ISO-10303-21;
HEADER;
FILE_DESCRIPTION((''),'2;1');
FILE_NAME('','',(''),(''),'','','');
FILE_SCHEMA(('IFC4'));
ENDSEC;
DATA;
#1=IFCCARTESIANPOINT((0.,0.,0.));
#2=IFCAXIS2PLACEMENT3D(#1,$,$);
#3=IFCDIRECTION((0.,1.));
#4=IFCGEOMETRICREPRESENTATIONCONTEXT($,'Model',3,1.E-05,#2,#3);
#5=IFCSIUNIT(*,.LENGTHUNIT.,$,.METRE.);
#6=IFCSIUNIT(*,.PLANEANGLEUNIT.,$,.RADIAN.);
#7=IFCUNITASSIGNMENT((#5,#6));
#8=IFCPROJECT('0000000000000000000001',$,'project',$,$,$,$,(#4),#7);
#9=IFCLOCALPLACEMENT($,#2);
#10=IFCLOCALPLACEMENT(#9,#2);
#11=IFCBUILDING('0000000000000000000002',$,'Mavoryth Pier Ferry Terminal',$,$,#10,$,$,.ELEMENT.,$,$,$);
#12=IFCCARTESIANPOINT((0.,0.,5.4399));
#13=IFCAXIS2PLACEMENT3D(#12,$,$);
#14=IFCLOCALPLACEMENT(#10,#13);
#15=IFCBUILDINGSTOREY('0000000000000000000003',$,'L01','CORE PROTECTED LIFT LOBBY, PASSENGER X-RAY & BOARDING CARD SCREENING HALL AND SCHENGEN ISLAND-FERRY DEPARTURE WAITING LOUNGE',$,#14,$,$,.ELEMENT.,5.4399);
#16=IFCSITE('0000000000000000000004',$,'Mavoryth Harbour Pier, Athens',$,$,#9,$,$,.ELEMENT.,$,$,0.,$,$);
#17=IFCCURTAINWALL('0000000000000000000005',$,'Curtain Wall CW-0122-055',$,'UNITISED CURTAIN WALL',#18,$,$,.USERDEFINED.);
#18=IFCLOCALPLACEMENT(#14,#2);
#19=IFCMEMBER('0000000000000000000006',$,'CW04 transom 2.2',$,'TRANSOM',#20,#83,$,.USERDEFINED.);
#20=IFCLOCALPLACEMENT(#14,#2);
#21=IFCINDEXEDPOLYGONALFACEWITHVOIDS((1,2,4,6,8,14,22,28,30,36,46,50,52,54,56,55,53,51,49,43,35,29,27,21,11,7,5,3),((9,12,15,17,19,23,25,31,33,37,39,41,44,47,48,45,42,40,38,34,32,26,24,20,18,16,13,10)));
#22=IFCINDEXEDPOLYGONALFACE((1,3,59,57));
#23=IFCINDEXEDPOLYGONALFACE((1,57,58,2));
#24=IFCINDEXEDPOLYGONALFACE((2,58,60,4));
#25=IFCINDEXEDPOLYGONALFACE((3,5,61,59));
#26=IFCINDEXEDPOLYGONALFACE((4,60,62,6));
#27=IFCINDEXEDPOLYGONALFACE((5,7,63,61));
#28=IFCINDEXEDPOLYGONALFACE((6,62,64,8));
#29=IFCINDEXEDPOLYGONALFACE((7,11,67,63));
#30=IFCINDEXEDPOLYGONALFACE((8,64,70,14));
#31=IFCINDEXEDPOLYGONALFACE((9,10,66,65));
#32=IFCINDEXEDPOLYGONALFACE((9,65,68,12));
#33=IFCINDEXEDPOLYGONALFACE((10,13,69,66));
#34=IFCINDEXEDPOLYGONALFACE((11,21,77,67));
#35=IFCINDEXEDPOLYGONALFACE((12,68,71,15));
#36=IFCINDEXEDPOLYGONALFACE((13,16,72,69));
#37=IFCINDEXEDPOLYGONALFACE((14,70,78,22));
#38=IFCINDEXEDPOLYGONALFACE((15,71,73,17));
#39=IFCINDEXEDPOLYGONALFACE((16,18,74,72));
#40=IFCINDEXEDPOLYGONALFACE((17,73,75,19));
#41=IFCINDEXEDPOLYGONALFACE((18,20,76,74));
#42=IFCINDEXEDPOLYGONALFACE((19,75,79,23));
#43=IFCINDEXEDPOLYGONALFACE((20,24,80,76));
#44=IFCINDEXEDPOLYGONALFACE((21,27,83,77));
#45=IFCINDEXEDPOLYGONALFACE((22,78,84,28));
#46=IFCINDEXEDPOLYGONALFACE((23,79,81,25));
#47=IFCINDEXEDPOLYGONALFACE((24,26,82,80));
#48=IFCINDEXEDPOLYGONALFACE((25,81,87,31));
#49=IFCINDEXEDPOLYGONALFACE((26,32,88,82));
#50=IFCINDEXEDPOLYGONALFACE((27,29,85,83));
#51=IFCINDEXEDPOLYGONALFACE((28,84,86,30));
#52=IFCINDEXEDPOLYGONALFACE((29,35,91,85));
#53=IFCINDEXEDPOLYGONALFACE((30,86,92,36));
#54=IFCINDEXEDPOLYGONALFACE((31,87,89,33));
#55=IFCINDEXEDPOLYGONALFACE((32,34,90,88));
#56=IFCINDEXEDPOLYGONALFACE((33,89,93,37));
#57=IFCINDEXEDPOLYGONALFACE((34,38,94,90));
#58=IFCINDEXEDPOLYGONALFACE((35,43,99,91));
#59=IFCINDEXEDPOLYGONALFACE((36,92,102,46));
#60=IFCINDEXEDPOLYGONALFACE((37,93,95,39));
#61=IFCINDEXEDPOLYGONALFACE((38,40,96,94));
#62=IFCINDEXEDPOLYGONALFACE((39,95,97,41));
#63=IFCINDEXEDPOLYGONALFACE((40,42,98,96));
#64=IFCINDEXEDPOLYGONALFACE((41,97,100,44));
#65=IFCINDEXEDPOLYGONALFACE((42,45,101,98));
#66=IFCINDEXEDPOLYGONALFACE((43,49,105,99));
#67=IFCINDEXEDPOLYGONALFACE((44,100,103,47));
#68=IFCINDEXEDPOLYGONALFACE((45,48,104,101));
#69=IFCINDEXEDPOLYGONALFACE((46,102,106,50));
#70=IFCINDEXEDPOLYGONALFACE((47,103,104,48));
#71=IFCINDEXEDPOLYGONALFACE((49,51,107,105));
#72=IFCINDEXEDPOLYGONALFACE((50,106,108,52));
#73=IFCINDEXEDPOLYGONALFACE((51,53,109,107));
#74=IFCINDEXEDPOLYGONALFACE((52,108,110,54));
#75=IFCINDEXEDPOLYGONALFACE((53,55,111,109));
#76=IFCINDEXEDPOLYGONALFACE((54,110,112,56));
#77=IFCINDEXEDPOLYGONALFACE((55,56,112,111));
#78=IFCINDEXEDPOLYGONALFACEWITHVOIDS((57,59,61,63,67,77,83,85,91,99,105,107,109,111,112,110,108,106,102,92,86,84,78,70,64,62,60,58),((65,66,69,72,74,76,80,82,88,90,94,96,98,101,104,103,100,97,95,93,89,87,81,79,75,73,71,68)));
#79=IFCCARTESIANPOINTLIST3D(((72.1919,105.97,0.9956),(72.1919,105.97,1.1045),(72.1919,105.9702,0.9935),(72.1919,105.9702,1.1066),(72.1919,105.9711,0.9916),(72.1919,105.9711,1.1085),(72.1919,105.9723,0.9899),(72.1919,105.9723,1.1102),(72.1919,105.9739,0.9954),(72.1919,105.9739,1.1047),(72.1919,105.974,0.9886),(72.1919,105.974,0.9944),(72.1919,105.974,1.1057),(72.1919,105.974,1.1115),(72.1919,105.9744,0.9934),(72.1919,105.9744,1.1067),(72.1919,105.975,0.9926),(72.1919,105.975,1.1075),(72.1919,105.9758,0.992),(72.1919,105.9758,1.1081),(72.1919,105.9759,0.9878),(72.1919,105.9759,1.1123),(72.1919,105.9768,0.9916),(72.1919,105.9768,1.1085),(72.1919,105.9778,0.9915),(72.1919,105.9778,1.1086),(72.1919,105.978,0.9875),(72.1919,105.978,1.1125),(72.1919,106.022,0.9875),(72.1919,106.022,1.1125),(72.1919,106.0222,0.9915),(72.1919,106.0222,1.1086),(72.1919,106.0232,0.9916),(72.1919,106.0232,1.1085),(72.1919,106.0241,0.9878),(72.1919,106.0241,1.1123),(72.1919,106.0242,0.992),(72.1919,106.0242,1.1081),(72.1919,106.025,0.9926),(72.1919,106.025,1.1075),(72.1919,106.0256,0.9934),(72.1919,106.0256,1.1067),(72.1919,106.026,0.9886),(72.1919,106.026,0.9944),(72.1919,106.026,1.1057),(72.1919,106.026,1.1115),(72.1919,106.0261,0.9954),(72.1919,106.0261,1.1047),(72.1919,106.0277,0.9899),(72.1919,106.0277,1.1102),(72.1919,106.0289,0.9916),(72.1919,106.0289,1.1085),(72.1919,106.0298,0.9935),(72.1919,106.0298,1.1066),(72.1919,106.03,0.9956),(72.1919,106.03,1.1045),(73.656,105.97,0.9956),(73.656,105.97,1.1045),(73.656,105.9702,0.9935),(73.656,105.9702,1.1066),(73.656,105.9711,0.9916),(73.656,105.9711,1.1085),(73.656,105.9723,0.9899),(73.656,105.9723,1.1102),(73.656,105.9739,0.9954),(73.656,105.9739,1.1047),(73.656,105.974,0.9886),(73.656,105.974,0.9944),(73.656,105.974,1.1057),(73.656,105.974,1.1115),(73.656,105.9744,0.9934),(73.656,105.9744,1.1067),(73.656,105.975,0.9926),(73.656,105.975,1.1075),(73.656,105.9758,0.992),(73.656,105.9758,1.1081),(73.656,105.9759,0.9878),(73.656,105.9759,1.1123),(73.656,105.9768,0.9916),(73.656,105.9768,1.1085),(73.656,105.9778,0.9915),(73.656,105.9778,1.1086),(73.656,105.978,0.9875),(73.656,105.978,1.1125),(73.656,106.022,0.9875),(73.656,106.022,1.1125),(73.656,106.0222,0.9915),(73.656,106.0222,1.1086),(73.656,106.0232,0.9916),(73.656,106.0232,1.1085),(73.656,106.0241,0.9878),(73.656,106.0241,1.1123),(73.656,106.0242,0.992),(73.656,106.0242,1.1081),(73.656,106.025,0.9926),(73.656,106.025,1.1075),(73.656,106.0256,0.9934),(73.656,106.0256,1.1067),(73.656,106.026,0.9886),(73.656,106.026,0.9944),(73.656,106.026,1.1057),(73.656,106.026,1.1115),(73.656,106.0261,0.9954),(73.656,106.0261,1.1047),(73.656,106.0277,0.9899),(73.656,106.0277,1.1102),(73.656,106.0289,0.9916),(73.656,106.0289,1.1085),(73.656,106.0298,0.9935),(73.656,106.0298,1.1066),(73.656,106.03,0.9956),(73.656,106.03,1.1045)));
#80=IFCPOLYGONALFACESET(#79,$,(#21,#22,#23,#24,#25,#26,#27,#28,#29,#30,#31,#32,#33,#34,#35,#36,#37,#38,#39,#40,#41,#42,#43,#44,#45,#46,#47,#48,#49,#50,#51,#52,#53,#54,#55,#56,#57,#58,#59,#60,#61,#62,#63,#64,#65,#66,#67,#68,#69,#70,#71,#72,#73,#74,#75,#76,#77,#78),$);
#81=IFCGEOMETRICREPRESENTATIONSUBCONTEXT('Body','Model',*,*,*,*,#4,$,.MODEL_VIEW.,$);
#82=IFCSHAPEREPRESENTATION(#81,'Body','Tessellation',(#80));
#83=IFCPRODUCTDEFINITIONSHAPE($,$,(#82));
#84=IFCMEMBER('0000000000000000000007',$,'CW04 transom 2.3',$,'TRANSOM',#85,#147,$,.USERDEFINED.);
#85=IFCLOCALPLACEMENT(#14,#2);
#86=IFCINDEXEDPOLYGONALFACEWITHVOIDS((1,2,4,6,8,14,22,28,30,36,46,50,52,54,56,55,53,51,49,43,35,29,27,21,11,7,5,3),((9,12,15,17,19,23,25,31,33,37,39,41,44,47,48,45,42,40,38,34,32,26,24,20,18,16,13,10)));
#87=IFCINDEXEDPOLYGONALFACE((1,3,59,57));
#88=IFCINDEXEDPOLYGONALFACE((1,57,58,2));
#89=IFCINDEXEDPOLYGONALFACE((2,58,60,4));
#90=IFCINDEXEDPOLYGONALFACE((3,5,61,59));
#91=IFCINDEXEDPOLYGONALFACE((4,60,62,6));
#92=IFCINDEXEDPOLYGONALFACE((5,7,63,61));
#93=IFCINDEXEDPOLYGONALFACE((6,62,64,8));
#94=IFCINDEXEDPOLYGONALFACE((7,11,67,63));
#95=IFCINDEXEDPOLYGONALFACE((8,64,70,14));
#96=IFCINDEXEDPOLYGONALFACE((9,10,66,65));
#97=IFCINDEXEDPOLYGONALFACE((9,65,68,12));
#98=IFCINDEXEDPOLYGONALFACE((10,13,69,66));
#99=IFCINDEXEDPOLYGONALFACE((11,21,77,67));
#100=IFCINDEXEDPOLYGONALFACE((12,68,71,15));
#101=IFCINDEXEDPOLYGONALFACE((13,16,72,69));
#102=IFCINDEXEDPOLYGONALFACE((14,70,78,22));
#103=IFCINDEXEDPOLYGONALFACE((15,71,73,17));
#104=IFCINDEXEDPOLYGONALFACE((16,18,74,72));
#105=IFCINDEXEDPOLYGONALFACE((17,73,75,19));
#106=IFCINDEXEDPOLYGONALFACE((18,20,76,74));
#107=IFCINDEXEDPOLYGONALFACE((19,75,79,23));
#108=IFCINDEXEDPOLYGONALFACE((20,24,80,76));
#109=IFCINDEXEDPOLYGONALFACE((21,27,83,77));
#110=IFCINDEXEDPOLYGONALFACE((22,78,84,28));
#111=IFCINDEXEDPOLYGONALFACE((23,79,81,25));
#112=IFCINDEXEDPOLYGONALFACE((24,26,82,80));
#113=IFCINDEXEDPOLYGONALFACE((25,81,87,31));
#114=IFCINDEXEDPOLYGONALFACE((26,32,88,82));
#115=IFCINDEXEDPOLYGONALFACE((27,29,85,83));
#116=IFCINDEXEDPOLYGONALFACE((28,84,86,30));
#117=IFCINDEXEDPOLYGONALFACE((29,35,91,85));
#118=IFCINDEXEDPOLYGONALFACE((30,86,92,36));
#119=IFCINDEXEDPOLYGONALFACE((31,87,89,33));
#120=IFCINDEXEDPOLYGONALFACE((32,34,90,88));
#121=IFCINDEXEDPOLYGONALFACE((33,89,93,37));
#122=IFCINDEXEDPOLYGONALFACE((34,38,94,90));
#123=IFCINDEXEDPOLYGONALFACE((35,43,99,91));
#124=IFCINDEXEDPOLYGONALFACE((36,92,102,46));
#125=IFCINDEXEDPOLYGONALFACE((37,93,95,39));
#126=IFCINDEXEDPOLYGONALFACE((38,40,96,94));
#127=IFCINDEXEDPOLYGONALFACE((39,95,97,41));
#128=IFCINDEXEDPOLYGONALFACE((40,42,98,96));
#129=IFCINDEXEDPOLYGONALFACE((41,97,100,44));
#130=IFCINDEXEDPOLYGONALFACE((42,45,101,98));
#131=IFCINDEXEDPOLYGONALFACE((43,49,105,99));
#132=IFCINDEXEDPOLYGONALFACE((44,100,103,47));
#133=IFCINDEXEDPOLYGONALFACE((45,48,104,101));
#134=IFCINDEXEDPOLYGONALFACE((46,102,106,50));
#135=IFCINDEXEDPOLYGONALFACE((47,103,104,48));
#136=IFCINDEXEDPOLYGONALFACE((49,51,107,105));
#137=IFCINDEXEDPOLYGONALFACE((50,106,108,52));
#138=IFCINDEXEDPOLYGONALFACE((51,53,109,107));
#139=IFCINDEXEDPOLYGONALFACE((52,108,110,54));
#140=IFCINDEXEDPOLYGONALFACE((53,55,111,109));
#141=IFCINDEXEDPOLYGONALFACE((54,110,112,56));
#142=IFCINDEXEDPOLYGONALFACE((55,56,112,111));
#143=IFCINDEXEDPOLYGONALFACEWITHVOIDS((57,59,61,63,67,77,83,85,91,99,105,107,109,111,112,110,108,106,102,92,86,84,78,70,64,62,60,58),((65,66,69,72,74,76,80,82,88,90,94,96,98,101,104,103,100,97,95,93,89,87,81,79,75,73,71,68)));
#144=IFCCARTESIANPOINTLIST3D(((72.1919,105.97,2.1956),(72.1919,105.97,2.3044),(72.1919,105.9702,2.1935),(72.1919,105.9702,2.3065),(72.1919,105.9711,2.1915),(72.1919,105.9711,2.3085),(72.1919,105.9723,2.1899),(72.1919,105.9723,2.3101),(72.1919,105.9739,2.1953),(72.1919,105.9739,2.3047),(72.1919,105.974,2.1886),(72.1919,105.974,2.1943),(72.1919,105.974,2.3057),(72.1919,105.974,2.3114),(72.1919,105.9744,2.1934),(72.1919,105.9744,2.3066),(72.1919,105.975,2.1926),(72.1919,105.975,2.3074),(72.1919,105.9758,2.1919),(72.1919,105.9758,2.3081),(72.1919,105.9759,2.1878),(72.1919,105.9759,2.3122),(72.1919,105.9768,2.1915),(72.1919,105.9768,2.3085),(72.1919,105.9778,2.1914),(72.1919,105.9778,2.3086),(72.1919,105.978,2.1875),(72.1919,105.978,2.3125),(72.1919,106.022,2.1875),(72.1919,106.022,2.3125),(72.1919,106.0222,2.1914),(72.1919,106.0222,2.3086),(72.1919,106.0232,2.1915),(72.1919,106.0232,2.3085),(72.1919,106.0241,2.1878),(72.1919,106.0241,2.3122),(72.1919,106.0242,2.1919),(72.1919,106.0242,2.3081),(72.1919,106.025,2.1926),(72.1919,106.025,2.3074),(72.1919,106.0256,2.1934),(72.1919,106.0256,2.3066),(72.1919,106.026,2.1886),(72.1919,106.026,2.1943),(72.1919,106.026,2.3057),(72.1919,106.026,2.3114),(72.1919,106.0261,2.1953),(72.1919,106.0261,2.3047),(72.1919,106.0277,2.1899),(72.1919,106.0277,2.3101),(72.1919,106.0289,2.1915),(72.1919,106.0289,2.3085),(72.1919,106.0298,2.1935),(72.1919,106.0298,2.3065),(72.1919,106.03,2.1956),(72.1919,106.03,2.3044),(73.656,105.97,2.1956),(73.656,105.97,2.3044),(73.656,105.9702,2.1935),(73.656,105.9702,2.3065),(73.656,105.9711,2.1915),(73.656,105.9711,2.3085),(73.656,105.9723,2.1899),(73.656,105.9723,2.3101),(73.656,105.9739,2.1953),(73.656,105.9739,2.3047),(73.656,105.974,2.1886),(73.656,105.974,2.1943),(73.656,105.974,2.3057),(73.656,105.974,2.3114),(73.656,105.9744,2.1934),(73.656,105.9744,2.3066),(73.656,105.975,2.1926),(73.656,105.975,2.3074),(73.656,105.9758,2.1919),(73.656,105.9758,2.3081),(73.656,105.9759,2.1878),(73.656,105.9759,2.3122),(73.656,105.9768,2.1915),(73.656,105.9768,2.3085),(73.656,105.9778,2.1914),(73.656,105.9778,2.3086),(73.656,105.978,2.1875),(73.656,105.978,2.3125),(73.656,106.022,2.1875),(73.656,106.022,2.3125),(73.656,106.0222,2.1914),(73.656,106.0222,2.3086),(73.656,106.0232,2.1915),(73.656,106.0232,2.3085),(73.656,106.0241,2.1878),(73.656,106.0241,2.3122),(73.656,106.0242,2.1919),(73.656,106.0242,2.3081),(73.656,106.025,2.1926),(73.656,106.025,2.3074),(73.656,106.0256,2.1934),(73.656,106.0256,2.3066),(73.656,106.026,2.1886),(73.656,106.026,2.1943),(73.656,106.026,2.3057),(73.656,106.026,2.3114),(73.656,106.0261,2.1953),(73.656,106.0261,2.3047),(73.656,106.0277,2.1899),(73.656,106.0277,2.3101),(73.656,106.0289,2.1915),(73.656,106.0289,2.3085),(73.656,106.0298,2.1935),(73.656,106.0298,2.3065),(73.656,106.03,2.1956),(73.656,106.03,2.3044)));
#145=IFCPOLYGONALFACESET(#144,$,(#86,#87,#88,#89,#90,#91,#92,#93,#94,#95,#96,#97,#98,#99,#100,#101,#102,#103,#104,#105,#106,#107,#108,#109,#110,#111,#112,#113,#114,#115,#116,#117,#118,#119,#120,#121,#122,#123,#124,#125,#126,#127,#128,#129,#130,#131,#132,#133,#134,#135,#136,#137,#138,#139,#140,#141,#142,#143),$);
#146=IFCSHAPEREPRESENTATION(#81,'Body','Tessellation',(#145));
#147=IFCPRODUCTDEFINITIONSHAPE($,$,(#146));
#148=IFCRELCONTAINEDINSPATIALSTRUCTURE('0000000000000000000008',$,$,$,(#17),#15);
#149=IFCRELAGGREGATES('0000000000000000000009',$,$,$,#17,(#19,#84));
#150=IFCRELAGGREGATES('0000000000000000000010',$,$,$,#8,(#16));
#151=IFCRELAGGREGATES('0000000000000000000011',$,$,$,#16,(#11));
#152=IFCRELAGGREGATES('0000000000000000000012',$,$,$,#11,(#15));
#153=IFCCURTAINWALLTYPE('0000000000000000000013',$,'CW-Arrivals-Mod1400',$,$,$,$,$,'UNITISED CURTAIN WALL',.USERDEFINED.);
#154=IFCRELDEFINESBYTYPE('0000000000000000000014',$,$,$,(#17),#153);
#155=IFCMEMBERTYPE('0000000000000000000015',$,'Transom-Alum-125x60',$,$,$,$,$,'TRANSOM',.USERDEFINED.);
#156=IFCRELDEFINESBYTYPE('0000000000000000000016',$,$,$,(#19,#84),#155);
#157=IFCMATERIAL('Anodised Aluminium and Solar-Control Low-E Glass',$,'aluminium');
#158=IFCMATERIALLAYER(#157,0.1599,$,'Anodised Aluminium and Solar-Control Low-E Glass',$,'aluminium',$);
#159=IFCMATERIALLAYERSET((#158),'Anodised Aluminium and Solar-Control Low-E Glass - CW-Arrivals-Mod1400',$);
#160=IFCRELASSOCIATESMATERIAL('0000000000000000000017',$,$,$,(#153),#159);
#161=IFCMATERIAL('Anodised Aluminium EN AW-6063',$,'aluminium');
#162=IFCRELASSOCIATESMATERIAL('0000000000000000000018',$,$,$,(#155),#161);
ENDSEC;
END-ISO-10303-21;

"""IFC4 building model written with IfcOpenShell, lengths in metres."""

from ifc_helpers import new_model, si_unit, direction, frame, origin, origin_2d, place, context, subcontext, project, spatial, hollow_rectangle, extrude, material, layer, layer_set, material_profile, profile_set, type_object, element, aggregate, save


model = new_model("IFC4")

# Units and contexts
model_context = context("Model", 3, precision=1e-05, world=origin(), true_north=direction((0.0, 1.0)))
body_context = subcontext(model_context, "Body", "Model", "MODEL_VIEW")
ifc_project = project(units=[si_unit("LENGTHUNIT", "METRE"), si_unit("PLANEANGLEUNIT", "RADIAN")], contexts=[model_context])

# Site, building, storey
site_placement = place(None, origin())
site = spatial("IfcSite", under=ifc_project, at=site_placement, Name="Mavoryth Harbour Pier, Athens", CompositionType="ELEMENT", RefElevation=0.0)
building_placement = place(site_placement, origin())
building = spatial("IfcBuilding", under=site, at=building_placement, Name="Mavoryth Pier Ferry Terminal", CompositionType="ELEMENT")
storey_placement = place(building_placement, frame((0.0, 0.0, 5.4399)))
storey = spatial("IfcBuildingStorey", under=building, at=storey_placement, Name="L01", Description="CORE PROTECTED LIFT LOBBY, PASSENGER X-RAY & BOARDING CARD SCREENING HALL AND SCHENGEN ISLAND-FERRY DEPARTURE WAITING LOUNGE", CompositionType="ELEMENT", Elevation=5.4399)

# Curtain wall
ifc_material_1 = material(Name="Anodised Aluminium and Solar-Control Low-E Glass", Category="aluminium")
ifc_layer_1 = layer(ifc_material_1, 0.1599, Name="Anodised Aluminium and Solar-Control Low-E Glass", Category="aluminium")
ifc_layer_set_1 = layer_set([ifc_layer_1], Name="Anodised Aluminium and Solar-Control Low-E Glass - CW-Arrivals-Mod1400")
curtain_wall_type = type_object("IfcCurtainWallType", Name="CW-Arrivals-Mod1400", ElementType="UNITISED CURTAIN WALL", PredefinedType="USERDEFINED", material=ifc_layer_set_1)
curtain_wall_placement = place(storey_placement, origin())
curtain_wall = element("IfcCurtainWall", 1, at=curtain_wall_placement, inside=storey, type_object=curtain_wall_type, Name="Curtain Wall CW-0122-055", ObjectType="UNITISED CURTAIN WALL", PredefinedType="USERDEFINED")
ifc_material_2 = material(Name="Anodised Aluminium EN AW-6063", Category="aluminium")

# Members
ifc_material_profile_1 = material_profile(ifc_material_2, hollow_rectangle(XDim=0.0601, YDim=0.125, WallThickness=0.0039, InnerFilletRadius=0.0039, OuterFilletRadius=0.0081, at=origin_2d()), Name="AL-TRAN 125x60x4", Category="aluminium")
ifc_profile_set_1 = profile_set([ifc_material_profile_1], Name="Anodised Aluminium EN AW-6063 - AL-TRAN 125x60x4")
member_type_1 = type_object("IfcMemberType", Name="Transom-Alum-125x60", ElementType="TRANSOM", PredefinedType="USERDEFINED", material=ifc_profile_set_1)
member_1_placement = place(storey_placement, frame((73.656, 106.0, 1.05), z_axis=(-1.0, 0.0, 0.0), x_axis=(0.0, -1.0, 0.0)))
member_1 = element("IfcMember", 2, at=member_1_placement, type_object=member_type_1, Name="CW04 transom 2.2", ObjectType="TRANSOM", PredefinedType="USERDEFINED", context=body_context, shape_type="SweptSolid", body=[
    extrude(hollow_rectangle(XDim=0.0601, YDim=0.125, WallThickness=0.0039, InnerFilletRadius=0.0039, OuterFilletRadius=0.0081, at=origin_2d()), origin(), (0.0, 0.0, 1.0), 1.4641),
])
member_2_placement = place(storey_placement, frame((73.656, 106.0, 2.25), z_axis=(-1.0, 0.0, 0.0), x_axis=(0.0, -1.0, 0.0)))
member_2 = element("IfcMember", 3, at=member_2_placement, type_object=member_type_1, Name="CW04 transom 2.3", ObjectType="TRANSOM", PredefinedType="USERDEFINED", context=body_context, shape_type="SweptSolid", body=[
    extrude(hollow_rectangle(XDim=0.0601, YDim=0.125, WallThickness=0.0039, InnerFilletRadius=0.0039, OuterFilletRadius=0.0081, at=origin_2d()), origin(), (0.0, 0.0, 1.0), 1.4641),
])

aggregate(curtain_wall, [member_1, member_2])

save(model, "model.ifc")
